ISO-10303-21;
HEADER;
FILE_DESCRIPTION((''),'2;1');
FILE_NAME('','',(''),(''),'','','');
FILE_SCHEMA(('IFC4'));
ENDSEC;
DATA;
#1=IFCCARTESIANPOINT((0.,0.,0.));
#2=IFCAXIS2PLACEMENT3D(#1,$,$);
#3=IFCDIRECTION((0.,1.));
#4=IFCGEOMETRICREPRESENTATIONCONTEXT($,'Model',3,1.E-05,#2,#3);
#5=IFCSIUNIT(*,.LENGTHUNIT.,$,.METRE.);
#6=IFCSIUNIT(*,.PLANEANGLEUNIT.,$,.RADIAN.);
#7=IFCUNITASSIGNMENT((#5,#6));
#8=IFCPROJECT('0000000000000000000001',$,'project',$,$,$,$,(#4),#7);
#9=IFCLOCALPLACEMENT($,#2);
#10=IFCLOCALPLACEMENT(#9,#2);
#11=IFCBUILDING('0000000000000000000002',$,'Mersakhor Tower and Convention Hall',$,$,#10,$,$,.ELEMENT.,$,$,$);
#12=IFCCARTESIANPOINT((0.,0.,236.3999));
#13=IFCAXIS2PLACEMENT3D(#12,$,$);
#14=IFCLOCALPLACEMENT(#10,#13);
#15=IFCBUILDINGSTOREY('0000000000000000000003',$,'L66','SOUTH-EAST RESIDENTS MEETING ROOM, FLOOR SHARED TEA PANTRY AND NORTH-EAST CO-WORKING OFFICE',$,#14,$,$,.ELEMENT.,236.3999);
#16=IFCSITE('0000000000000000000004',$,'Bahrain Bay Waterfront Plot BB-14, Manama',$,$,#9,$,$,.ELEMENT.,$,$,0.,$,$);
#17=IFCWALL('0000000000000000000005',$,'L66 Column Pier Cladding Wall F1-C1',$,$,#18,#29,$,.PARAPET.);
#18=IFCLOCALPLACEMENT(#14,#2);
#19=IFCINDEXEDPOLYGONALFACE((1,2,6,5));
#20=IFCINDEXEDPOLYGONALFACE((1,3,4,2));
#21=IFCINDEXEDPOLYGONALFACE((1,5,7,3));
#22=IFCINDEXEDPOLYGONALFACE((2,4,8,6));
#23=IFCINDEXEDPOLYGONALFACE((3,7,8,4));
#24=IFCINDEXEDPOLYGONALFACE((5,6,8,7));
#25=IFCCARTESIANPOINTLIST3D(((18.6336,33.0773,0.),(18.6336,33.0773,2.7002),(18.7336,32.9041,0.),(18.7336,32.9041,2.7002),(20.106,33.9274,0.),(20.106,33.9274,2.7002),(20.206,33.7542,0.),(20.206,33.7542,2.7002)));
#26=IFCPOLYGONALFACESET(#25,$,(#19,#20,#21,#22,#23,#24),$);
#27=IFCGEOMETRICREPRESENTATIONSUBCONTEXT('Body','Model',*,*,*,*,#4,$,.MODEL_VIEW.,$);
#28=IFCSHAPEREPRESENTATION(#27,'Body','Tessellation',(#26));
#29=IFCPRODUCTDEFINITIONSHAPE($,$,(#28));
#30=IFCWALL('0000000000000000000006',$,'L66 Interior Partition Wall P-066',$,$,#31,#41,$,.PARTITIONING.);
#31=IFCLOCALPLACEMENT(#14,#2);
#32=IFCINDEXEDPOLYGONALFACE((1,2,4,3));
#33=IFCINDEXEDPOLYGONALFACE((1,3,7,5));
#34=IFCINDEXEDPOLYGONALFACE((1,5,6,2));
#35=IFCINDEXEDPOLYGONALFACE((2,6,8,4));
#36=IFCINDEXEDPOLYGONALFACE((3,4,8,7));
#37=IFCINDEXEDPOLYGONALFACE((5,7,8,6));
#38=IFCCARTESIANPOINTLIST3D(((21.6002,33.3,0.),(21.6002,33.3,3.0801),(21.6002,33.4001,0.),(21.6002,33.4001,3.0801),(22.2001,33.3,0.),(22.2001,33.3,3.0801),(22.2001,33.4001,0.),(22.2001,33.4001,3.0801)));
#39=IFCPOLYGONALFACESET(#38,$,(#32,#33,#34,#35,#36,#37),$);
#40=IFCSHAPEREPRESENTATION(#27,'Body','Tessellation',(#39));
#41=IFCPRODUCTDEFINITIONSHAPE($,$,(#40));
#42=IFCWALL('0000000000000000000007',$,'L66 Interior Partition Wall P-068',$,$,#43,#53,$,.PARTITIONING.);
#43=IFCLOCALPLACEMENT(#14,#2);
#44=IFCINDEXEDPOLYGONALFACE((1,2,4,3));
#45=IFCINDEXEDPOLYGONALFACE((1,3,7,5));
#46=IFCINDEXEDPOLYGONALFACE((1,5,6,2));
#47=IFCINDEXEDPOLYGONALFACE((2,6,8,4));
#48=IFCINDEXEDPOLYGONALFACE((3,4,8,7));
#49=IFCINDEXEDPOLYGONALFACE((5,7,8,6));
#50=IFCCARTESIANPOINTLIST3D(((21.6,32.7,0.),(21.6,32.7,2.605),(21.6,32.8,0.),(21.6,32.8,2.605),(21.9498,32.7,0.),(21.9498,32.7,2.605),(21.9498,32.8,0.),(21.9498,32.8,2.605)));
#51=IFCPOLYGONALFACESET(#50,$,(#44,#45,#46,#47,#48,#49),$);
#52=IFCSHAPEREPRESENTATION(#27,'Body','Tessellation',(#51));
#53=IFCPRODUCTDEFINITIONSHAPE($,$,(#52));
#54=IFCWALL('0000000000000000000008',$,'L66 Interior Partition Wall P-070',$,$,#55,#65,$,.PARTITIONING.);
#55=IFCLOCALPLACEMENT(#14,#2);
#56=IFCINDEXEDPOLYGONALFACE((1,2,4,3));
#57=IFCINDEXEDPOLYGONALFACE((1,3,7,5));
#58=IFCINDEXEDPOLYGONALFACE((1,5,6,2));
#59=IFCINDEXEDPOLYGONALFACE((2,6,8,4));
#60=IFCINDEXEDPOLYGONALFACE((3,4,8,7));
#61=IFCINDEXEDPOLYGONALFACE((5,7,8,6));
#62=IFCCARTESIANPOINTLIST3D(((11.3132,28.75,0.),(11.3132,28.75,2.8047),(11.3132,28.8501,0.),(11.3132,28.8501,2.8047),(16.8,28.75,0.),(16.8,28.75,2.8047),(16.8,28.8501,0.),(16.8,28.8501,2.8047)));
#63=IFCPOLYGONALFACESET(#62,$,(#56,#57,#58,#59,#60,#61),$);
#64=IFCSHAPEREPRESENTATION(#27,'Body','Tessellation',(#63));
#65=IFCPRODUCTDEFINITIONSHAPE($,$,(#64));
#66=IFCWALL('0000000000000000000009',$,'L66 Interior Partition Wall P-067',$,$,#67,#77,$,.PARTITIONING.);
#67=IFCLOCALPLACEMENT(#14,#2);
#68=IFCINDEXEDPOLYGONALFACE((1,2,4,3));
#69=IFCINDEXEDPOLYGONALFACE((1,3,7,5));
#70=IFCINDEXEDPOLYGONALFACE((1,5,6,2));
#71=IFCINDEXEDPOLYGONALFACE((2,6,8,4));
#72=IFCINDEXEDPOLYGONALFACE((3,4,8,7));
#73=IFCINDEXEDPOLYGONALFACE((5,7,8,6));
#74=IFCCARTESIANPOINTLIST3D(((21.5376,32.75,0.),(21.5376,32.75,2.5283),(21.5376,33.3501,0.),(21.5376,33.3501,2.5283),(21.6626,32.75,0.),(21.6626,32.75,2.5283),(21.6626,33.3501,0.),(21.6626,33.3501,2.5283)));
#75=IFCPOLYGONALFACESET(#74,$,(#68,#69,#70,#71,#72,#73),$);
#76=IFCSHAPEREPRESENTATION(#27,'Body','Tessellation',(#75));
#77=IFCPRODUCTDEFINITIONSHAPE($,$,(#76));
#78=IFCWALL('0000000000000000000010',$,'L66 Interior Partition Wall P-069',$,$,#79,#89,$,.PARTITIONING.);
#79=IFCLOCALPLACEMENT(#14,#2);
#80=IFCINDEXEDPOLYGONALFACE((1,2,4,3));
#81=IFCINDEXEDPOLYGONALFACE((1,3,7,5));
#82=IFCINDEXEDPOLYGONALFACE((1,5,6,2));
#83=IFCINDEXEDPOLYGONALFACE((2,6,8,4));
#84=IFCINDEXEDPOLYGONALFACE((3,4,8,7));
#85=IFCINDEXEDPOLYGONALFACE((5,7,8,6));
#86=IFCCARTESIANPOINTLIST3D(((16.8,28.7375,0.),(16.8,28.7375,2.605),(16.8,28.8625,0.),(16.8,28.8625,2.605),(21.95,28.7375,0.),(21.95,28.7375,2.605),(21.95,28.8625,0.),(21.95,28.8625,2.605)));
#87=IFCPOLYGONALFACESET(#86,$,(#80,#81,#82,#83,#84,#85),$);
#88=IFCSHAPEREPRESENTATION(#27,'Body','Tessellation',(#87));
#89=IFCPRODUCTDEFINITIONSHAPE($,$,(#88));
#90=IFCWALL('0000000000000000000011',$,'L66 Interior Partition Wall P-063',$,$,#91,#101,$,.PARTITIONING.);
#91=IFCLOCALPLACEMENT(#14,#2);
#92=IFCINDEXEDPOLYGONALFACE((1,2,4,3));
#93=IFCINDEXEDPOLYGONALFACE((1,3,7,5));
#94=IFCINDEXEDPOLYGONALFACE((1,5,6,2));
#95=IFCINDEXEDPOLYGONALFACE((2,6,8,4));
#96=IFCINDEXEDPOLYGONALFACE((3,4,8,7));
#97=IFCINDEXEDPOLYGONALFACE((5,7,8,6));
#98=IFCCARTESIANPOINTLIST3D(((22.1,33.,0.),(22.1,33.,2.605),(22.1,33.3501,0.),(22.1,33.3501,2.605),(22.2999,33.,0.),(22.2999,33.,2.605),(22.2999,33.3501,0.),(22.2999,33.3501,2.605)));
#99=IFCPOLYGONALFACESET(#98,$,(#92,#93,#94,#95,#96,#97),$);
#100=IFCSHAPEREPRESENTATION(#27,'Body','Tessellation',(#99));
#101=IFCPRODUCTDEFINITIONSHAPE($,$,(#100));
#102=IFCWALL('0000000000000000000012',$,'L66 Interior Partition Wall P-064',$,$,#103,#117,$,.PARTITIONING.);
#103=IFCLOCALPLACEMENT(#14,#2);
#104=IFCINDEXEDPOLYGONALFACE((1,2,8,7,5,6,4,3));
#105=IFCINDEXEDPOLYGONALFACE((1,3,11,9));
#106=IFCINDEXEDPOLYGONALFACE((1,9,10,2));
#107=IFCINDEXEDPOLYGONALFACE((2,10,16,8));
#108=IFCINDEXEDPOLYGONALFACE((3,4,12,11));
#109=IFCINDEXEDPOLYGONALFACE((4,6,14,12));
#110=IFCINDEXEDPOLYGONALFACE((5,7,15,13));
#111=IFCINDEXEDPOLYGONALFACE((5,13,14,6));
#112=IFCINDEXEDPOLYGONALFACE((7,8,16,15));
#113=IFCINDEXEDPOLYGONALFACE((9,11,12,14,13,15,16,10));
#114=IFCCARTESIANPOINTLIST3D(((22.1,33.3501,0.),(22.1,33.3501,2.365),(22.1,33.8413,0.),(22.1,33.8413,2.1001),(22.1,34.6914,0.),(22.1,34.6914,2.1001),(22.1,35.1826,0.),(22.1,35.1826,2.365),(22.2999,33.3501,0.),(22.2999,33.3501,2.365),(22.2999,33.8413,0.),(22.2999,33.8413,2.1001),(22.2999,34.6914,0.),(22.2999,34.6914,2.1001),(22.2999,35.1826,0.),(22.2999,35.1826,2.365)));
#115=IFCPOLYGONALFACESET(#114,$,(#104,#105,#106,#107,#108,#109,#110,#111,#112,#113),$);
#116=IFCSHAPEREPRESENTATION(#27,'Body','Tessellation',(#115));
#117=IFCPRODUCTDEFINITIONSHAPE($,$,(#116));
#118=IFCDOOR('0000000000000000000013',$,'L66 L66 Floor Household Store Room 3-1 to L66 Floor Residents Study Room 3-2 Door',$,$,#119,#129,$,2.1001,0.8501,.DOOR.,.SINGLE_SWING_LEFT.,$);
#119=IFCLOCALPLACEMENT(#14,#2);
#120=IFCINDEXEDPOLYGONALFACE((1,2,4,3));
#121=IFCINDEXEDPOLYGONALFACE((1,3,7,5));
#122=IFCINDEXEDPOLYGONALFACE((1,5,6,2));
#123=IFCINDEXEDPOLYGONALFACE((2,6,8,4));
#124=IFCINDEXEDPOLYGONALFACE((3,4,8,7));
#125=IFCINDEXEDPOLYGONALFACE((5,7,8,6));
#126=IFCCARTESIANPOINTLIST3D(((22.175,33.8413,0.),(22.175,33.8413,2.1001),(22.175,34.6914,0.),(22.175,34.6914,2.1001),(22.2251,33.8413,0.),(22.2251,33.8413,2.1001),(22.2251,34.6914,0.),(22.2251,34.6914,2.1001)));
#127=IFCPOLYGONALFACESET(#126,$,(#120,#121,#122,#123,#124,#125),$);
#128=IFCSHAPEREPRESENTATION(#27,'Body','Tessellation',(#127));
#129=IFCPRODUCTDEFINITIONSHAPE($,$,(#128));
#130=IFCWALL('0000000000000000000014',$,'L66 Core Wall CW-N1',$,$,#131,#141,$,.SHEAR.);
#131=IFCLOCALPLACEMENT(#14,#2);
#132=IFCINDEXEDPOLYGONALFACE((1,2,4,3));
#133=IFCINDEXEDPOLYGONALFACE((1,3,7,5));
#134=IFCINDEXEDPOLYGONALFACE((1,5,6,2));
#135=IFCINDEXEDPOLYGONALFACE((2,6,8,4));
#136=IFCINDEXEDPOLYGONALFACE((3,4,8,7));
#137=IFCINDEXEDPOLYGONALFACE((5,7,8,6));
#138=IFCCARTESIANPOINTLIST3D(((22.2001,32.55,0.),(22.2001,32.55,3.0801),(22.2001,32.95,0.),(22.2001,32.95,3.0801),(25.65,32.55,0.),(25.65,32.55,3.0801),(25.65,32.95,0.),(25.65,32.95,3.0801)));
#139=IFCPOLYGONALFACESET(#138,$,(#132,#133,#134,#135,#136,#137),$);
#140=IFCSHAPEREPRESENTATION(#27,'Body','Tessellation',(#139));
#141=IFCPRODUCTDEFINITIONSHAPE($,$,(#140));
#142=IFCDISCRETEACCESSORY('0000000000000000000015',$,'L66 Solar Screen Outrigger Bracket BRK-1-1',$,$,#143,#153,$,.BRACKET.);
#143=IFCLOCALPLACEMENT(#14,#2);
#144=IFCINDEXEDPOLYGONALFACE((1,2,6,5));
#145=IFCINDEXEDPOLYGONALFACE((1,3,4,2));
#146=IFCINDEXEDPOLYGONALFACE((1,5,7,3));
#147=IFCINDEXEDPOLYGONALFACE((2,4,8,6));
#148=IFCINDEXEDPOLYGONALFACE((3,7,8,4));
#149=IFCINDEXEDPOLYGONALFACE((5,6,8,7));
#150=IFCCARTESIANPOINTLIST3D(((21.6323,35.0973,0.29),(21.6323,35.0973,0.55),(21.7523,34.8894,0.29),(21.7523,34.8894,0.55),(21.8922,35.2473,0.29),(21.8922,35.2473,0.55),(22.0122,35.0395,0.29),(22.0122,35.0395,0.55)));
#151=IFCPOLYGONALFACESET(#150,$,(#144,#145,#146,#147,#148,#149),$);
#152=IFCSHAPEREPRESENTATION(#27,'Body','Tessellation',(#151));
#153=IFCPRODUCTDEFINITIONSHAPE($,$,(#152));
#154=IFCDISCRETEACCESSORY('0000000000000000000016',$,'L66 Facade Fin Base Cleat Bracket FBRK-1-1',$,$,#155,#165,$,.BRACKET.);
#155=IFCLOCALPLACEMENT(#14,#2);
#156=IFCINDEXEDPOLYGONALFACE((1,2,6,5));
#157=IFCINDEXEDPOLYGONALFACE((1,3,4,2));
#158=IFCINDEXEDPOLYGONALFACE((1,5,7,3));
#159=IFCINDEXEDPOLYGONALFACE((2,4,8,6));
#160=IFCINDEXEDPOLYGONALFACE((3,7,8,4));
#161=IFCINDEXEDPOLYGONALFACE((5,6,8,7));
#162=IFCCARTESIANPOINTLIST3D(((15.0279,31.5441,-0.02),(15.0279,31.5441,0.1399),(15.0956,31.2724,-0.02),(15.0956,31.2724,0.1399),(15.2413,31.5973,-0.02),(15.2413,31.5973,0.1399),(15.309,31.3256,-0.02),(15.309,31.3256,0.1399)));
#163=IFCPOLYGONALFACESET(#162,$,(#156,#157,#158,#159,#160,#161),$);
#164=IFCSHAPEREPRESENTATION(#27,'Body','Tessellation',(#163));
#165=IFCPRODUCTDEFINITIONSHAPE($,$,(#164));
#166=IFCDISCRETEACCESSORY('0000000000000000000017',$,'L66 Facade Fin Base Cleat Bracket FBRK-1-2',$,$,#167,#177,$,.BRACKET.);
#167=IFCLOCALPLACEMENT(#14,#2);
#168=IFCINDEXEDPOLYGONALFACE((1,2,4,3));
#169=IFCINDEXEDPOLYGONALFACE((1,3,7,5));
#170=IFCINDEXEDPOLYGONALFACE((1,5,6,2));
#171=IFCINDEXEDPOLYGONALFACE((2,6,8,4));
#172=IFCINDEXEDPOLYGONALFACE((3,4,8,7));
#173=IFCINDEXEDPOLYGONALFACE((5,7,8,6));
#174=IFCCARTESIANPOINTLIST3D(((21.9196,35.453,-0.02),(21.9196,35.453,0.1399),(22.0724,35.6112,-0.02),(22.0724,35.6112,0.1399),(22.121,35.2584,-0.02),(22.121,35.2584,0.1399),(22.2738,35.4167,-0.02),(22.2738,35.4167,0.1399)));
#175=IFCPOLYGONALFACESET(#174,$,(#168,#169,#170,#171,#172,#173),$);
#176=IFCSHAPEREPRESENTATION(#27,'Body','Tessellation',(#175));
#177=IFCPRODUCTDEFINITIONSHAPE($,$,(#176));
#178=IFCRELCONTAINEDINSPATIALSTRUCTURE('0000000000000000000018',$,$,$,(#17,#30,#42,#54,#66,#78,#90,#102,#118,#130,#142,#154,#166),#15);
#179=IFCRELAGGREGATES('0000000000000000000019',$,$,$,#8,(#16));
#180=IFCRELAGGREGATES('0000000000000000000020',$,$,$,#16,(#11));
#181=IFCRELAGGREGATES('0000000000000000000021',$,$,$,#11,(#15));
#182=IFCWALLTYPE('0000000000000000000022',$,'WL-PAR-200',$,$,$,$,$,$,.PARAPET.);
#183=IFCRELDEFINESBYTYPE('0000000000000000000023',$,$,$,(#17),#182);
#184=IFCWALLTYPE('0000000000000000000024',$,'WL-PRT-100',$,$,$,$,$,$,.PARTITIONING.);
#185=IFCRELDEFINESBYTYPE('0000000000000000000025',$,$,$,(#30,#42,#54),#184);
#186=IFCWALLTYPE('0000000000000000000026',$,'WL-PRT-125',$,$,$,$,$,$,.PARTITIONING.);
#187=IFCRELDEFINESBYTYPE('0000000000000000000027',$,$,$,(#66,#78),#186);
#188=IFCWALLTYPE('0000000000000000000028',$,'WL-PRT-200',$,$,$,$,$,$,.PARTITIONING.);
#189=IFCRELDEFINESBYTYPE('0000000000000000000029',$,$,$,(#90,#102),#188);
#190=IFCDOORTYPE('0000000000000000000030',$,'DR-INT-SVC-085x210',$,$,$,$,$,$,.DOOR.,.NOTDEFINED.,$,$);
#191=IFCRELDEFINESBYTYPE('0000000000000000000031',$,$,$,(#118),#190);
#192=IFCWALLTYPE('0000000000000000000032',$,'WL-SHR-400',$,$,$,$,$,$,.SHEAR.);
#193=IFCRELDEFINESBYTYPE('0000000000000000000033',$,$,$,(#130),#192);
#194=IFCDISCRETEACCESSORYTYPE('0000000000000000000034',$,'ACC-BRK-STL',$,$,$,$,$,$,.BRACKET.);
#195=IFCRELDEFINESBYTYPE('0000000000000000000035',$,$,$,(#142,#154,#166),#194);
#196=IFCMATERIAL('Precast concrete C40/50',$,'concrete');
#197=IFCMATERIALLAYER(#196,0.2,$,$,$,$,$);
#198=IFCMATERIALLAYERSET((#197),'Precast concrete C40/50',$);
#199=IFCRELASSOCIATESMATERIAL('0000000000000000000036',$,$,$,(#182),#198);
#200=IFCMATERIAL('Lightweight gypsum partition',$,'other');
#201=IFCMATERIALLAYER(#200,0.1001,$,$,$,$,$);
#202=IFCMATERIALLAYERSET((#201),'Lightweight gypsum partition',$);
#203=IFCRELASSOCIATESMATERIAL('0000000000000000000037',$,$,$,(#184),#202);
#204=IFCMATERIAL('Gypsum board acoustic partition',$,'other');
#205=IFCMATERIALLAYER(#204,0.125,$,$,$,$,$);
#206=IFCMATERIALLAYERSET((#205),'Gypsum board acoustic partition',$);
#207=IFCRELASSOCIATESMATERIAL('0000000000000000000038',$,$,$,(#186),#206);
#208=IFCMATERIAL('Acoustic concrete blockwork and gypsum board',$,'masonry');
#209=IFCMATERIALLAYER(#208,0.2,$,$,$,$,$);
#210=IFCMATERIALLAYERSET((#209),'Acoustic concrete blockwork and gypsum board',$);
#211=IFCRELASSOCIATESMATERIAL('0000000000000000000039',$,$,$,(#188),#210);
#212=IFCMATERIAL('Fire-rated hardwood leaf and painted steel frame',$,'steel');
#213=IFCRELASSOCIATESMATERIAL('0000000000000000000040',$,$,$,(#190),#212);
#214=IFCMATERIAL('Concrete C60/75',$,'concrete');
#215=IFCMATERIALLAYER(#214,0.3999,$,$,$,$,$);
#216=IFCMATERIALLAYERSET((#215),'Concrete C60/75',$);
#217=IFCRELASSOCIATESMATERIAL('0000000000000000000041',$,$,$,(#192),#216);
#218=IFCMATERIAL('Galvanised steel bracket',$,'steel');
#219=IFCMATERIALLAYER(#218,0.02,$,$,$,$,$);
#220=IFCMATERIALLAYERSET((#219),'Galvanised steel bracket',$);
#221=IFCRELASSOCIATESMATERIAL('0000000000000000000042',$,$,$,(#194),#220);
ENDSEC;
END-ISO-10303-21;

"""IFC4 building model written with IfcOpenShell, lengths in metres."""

from ifc_helpers import new_model, si_unit, direction, frame, frame_2d, origin, origin_2d, place, context, subcontext, project, spatial, rectangle, extrude, material, layer, layer_set, type_object, element, fill, save


model = new_model("IFC4")

# Units and contexts
model_context = context("Model", 3, precision=1e-05, world=origin(), true_north=direction((0.0, 1.0)))
body_context = subcontext(model_context, "Body", "Model", "MODEL_VIEW")
ifc_project = project(units=[si_unit("LENGTHUNIT", "METRE"), si_unit("PLANEANGLEUNIT", "RADIAN")], contexts=[model_context])

# Site, building, storey
site_placement = place(None, origin())
site = spatial("IfcSite", under=ifc_project, at=site_placement, Name="Bahrain Bay Waterfront Plot BB-14, Manama", CompositionType="ELEMENT", RefElevation=0.0)
building_placement = place(site_placement, origin())
building = spatial("IfcBuilding", under=site, at=building_placement, Name="Mersakhor Tower and Convention Hall", CompositionType="ELEMENT")
storey_placement = place(building_placement, frame((0.0, 0.0, 236.3999)))
storey = spatial("IfcBuildingStorey", under=building, at=storey_placement, Name="L66", Description="SOUTH-EAST RESIDENTS MEETING ROOM, FLOOR SHARED TEA PANTRY AND NORTH-EAST CO-WORKING OFFICE", CompositionType="ELEMENT", Elevation=236.3999)

# Walls
ifc_material_1 = material(Name="Precast concrete C40/50", Category="concrete")
ifc_layer_1 = layer(ifc_material_1, 0.2)
ifc_layer_set_1 = layer_set([ifc_layer_1], Name="Precast concrete C40/50")
wall_type_1 = type_object("IfcWallType", Name="WL-PAR-200", PredefinedType="PARAPET", material=ifc_layer_set_1)
wall_1_placement = place(storey_placement, frame((18.6836, 32.9907, 0.0), z_axis=(0.0, 0.0, 1.0), x_axis=(0.866025, 0.5, 0.0)))
element("IfcWall", 1, at=wall_1_placement, inside=storey, type_object=wall_type_1, Name="L66 Column Pier Cladding Wall F1-C1", PredefinedType="PARAPET", context=body_context, shape_type="SweptSolid", body=[
    extrude(rectangle(XDim=1.7002, YDim=0.2, at=frame_2d((0.8501, 0.0))), origin(), (0.0, 0.0, 1.0), 2.7002),
])
ifc_material_2 = material(Name="Lightweight gypsum partition", Category="other")
ifc_layer_2 = layer(ifc_material_2, 0.1001)
ifc_layer_set_2 = layer_set([ifc_layer_2], Name="Lightweight gypsum partition")
wall_type_2 = type_object("IfcWallType", Name="WL-PRT-100", PredefinedType="PARTITIONING", material=ifc_layer_set_2)
wall_2_placement = place(storey_placement, frame((22.2, 33.3501, 0.0), z_axis=(0.0, 0.0, 1.0), x_axis=(-1.0, 0.0, 0.0)))
element("IfcWall", 2, at=wall_2_placement, inside=storey, type_object=wall_type_2, Name="L66 Interior Partition Wall P-066", PredefinedType="PARTITIONING", context=body_context, shape_type="SweptSolid", body=[
    extrude(rectangle(XDim=0.5999, YDim=0.1001, at=frame_2d((0.2998, 0.0))), origin(), (0.0, 0.0, 1.0), 3.0801),
])
wall_3_placement = place(storey_placement, frame((21.6001, 32.75, 0.0), z_axis=(0.0, 0.0, 1.0), x_axis=(1.0, 0.0, 0.0)))
element("IfcWall", 3, at=wall_3_placement, inside=storey, type_object=wall_type_2, Name="L66 Interior Partition Wall P-068", PredefinedType="PARTITIONING", context=body_context, shape_type="SweptSolid", body=[
    extrude(rectangle(XDim=0.3499, YDim=0.1001, at=frame_2d((0.1748, 0.0))), origin(), (0.0, 0.0, 1.0), 2.605),
])
wall_4_placement = place(storey_placement, frame((16.8, 28.8, 0.0), z_axis=(0.0, 0.0, 1.0), x_axis=(-1.0, 0.0, 0.0)))
element("IfcWall", 4, at=wall_4_placement, inside=storey, type_object=wall_type_2, Name="L66 Interior Partition Wall P-070", PredefinedType="PARTITIONING", context=body_context, shape_type="SweptSolid", body=[
    extrude(rectangle(XDim=5.4868, YDim=0.1001, at=frame_2d((2.7434, 0.0))), origin(), (0.0, 0.0, 1.0), 2.8047),
])
ifc_material_3 = material(Name="Gypsum board acoustic partition", Category="other")
ifc_layer_3 = layer(ifc_material_3, 0.125)
ifc_layer_set_3 = layer_set([ifc_layer_3], Name="Gypsum board acoustic partition")
wall_type_3 = type_object("IfcWallType", Name="WL-PRT-125", PredefinedType="PARTITIONING", material=ifc_layer_set_3)
wall_5_placement = place(storey_placement, frame((21.6001, 33.3501, 0.0), z_axis=(0.0, 0.0, 1.0), x_axis=(0.0, -1.0, 0.0)))
element("IfcWall", 5, at=wall_5_placement, inside=storey, type_object=wall_type_3, Name="L66 Interior Partition Wall P-067", PredefinedType="PARTITIONING", context=body_context, shape_type="SweptSolid", body=[
    extrude(rectangle(XDim=0.6001, YDim=0.125, at=frame_2d((0.3, 0.0))), origin(), (0.0, 0.0, 1.0), 2.5283),
])
wall_6_placement = place(storey_placement, frame((21.95, 28.8, 0.0), z_axis=(0.0, 0.0, 1.0), x_axis=(-1.0, 0.0, 0.0)))
element("IfcWall", 6, at=wall_6_placement, inside=storey, type_object=wall_type_3, Name="L66 Interior Partition Wall P-069", PredefinedType="PARTITIONING", context=body_context, shape_type="SweptSolid", body=[
    extrude(rectangle(XDim=5.1499, YDim=0.125, at=frame_2d((2.575, 0.0))), origin(), (0.0, 0.0, 1.0), 2.605),
])
ifc_material_4 = material(Name="Acoustic concrete blockwork and gypsum board", Category="masonry")
ifc_layer_4 = layer(ifc_material_4, 0.2)
ifc_layer_set_4 = layer_set([ifc_layer_4], Name="Acoustic concrete blockwork and gypsum board")
wall_type_4 = type_object("IfcWallType", Name="WL-PRT-200", PredefinedType="PARTITIONING", material=ifc_layer_set_4)
wall_7_placement = place(storey_placement, frame((22.2, 33.0, 0.0), z_axis=(0.0, 0.0, 1.0), x_axis=(0.0, 1.0, 0.0)))
element("IfcWall", 7, at=wall_7_placement, inside=storey, type_object=wall_type_4, Name="L66 Interior Partition Wall P-063", PredefinedType="PARTITIONING", context=body_context, shape_type="SweptSolid", body=[
    extrude(rectangle(XDim=0.3501, YDim=0.2, at=frame_2d((0.175, 0.0))), origin(), (0.0, 0.0, 1.0), 2.605),
])

# Wall, opening, door
wall_8_placement = place(storey_placement, frame((22.2, 33.3501, 0.0), z_axis=(0.0, 0.0, 1.0), x_axis=(0.0, 1.0, 0.0)))
wall_8 = element("IfcWall", 8, at=wall_8_placement, inside=storey, type_object=wall_type_4, Name="L66 Interior Partition Wall P-064", PredefinedType="PARTITIONING", context=body_context, shape_type="SweptSolid", body=[
    extrude(rectangle(XDim=1.8325, YDim=0.2, at=frame_2d((0.9163, 0.0))), origin(), (0.0, 0.0, 1.0), 2.365),
])
opening_1_placement = place(wall_8_placement, frame((0.4912, 0.0, 0.0)))
opening_1 = element("IfcOpeningElement", 9, at=opening_1_placement, cuts=wall_8, PredefinedType="OPENING", context=body_context, shape_type="SweptSolid", body=[
    extrude(rectangle(XDim=0.8501, YDim=2.1001, at=frame_2d((0.425, 1.05))), frame((0.0, 0.1099, 0.0), z_axis=(0.0, -1.0, 0.0), x_axis=(1.0, 0.0, 0.0)), (0.0, 0.0, 1.0), 0.22),
])
ifc_material_5 = material(Name="Fire-rated hardwood leaf and painted steel frame", Category="steel")
door_type_1 = type_object("IfcDoorType", Name="DR-INT-SVC-085x210", OperationType="NOTDEFINED", PredefinedType="DOOR", material=ifc_material_5)
door_1_placement = place(opening_1_placement, origin())
door_1 = element("IfcDoor", 10, at=door_1_placement, inside=storey, type_object=door_type_1, Name="L66 L66 Floor Household Store Room 3-1 to L66 Floor Residents Study Room 3-2 Door", OperationType="SINGLE_SWING_LEFT", OverallHeight=2.1001, OverallWidth=0.8501, PredefinedType="DOOR", context=body_context, shape_type="SweptSolid", body=[
    extrude(rectangle(XDim=0.8501, YDim=2.1001, at=frame_2d((0.425, 1.05))), frame((0.0, 0.0249, 0.0), z_axis=(0.0, -1.0, 0.0), x_axis=(1.0, 0.0, 0.0)), (0.0, 0.0, 1.0), 0.05),
])
fill(opening_1, door_1)

# Wall
ifc_material_6 = material(Name="Concrete C60/75", Category="concrete")
ifc_layer_5 = layer(ifc_material_6, 0.3999)
ifc_layer_set_5 = layer_set([ifc_layer_5], Name="Concrete C60/75")
wall_type_5 = type_object("IfcWallType", Name="WL-SHR-400", PredefinedType="SHEAR", material=ifc_layer_set_5)
wall_9_placement = place(storey_placement, frame((22.2, 32.75, 0.0), z_axis=(0.0, 0.0, 1.0), x_axis=(1.0, 0.0, 0.0)))
element("IfcWall", 11, at=wall_9_placement, inside=storey, type_object=wall_type_5, Name="L66 Core Wall CW-N1", PredefinedType="SHEAR", context=body_context, shape_type="SweptSolid", body=[
    extrude(rectangle(XDim=3.45, YDim=0.3999, at=frame_2d((1.7251, 0.0))), origin(), (0.0, 0.0, 1.0), 3.0801),
])

# Discrete accessories
ifc_material_7 = material(Name="Galvanised steel bracket", Category="steel")
ifc_layer_6 = layer(ifc_material_7, 0.02)
ifc_layer_set_6 = layer_set([ifc_layer_6], Name="Galvanised steel bracket")
discrete_accessory_type = type_object("IfcDiscreteAccessoryType", Name="ACC-BRK-STL", PredefinedType="BRACKET", material=ifc_layer_set_6)
discrete_accessory_placement = place(storey_placement, frame((21.8223, 35.0684, 0.29), z_axis=(0.0, 0.0, 1.0), x_axis=(0.866025, 0.5, 0.0)))
element("IfcDiscreteAccessory", 12, at=discrete_accessory_placement, inside=storey, type_object=discrete_accessory_type, Name="L66 Solar Screen Outrigger Bracket BRK-1-1", PredefinedType="BRACKET", context=body_context, shape_type="SweptSolid", body=[
    extrude(rectangle(XDim=0.3, YDim=0.24, at=origin_2d()), origin(), (0.0, 0.0, 1.0), 0.26),
])
for number, where, z_axis, x_axis, name in (
    (13, (15.1685, 31.4348, -0.02), (0.0, 0.0, 1.0), (-0.241922, 0.970296, 0.0), "L66 Facade Fin Base Cleat Bracket FBRK-1-1"),
    (14, (22.0967, 35.4348, -0.02), (0.0, 0.0, 1.0), (-0.71934, 0.694658, 0.0), "L66 Facade Fin Base Cleat Bracket FBRK-1-2"),
):
    element("IfcDiscreteAccessory", number, at=place(storey_placement, frame(where, z_axis=z_axis, x_axis=x_axis)), inside=storey, type_object=discrete_accessory_type, Name=name, PredefinedType="BRACKET", context=body_context, shape_type="SweptSolid", body=[
        extrude(rectangle(XDim=0.28, YDim=0.22, at=origin_2d()), origin(), (0.0, 0.0, 1.0), 0.1599),
    ])

save(model, "model.ifc")
